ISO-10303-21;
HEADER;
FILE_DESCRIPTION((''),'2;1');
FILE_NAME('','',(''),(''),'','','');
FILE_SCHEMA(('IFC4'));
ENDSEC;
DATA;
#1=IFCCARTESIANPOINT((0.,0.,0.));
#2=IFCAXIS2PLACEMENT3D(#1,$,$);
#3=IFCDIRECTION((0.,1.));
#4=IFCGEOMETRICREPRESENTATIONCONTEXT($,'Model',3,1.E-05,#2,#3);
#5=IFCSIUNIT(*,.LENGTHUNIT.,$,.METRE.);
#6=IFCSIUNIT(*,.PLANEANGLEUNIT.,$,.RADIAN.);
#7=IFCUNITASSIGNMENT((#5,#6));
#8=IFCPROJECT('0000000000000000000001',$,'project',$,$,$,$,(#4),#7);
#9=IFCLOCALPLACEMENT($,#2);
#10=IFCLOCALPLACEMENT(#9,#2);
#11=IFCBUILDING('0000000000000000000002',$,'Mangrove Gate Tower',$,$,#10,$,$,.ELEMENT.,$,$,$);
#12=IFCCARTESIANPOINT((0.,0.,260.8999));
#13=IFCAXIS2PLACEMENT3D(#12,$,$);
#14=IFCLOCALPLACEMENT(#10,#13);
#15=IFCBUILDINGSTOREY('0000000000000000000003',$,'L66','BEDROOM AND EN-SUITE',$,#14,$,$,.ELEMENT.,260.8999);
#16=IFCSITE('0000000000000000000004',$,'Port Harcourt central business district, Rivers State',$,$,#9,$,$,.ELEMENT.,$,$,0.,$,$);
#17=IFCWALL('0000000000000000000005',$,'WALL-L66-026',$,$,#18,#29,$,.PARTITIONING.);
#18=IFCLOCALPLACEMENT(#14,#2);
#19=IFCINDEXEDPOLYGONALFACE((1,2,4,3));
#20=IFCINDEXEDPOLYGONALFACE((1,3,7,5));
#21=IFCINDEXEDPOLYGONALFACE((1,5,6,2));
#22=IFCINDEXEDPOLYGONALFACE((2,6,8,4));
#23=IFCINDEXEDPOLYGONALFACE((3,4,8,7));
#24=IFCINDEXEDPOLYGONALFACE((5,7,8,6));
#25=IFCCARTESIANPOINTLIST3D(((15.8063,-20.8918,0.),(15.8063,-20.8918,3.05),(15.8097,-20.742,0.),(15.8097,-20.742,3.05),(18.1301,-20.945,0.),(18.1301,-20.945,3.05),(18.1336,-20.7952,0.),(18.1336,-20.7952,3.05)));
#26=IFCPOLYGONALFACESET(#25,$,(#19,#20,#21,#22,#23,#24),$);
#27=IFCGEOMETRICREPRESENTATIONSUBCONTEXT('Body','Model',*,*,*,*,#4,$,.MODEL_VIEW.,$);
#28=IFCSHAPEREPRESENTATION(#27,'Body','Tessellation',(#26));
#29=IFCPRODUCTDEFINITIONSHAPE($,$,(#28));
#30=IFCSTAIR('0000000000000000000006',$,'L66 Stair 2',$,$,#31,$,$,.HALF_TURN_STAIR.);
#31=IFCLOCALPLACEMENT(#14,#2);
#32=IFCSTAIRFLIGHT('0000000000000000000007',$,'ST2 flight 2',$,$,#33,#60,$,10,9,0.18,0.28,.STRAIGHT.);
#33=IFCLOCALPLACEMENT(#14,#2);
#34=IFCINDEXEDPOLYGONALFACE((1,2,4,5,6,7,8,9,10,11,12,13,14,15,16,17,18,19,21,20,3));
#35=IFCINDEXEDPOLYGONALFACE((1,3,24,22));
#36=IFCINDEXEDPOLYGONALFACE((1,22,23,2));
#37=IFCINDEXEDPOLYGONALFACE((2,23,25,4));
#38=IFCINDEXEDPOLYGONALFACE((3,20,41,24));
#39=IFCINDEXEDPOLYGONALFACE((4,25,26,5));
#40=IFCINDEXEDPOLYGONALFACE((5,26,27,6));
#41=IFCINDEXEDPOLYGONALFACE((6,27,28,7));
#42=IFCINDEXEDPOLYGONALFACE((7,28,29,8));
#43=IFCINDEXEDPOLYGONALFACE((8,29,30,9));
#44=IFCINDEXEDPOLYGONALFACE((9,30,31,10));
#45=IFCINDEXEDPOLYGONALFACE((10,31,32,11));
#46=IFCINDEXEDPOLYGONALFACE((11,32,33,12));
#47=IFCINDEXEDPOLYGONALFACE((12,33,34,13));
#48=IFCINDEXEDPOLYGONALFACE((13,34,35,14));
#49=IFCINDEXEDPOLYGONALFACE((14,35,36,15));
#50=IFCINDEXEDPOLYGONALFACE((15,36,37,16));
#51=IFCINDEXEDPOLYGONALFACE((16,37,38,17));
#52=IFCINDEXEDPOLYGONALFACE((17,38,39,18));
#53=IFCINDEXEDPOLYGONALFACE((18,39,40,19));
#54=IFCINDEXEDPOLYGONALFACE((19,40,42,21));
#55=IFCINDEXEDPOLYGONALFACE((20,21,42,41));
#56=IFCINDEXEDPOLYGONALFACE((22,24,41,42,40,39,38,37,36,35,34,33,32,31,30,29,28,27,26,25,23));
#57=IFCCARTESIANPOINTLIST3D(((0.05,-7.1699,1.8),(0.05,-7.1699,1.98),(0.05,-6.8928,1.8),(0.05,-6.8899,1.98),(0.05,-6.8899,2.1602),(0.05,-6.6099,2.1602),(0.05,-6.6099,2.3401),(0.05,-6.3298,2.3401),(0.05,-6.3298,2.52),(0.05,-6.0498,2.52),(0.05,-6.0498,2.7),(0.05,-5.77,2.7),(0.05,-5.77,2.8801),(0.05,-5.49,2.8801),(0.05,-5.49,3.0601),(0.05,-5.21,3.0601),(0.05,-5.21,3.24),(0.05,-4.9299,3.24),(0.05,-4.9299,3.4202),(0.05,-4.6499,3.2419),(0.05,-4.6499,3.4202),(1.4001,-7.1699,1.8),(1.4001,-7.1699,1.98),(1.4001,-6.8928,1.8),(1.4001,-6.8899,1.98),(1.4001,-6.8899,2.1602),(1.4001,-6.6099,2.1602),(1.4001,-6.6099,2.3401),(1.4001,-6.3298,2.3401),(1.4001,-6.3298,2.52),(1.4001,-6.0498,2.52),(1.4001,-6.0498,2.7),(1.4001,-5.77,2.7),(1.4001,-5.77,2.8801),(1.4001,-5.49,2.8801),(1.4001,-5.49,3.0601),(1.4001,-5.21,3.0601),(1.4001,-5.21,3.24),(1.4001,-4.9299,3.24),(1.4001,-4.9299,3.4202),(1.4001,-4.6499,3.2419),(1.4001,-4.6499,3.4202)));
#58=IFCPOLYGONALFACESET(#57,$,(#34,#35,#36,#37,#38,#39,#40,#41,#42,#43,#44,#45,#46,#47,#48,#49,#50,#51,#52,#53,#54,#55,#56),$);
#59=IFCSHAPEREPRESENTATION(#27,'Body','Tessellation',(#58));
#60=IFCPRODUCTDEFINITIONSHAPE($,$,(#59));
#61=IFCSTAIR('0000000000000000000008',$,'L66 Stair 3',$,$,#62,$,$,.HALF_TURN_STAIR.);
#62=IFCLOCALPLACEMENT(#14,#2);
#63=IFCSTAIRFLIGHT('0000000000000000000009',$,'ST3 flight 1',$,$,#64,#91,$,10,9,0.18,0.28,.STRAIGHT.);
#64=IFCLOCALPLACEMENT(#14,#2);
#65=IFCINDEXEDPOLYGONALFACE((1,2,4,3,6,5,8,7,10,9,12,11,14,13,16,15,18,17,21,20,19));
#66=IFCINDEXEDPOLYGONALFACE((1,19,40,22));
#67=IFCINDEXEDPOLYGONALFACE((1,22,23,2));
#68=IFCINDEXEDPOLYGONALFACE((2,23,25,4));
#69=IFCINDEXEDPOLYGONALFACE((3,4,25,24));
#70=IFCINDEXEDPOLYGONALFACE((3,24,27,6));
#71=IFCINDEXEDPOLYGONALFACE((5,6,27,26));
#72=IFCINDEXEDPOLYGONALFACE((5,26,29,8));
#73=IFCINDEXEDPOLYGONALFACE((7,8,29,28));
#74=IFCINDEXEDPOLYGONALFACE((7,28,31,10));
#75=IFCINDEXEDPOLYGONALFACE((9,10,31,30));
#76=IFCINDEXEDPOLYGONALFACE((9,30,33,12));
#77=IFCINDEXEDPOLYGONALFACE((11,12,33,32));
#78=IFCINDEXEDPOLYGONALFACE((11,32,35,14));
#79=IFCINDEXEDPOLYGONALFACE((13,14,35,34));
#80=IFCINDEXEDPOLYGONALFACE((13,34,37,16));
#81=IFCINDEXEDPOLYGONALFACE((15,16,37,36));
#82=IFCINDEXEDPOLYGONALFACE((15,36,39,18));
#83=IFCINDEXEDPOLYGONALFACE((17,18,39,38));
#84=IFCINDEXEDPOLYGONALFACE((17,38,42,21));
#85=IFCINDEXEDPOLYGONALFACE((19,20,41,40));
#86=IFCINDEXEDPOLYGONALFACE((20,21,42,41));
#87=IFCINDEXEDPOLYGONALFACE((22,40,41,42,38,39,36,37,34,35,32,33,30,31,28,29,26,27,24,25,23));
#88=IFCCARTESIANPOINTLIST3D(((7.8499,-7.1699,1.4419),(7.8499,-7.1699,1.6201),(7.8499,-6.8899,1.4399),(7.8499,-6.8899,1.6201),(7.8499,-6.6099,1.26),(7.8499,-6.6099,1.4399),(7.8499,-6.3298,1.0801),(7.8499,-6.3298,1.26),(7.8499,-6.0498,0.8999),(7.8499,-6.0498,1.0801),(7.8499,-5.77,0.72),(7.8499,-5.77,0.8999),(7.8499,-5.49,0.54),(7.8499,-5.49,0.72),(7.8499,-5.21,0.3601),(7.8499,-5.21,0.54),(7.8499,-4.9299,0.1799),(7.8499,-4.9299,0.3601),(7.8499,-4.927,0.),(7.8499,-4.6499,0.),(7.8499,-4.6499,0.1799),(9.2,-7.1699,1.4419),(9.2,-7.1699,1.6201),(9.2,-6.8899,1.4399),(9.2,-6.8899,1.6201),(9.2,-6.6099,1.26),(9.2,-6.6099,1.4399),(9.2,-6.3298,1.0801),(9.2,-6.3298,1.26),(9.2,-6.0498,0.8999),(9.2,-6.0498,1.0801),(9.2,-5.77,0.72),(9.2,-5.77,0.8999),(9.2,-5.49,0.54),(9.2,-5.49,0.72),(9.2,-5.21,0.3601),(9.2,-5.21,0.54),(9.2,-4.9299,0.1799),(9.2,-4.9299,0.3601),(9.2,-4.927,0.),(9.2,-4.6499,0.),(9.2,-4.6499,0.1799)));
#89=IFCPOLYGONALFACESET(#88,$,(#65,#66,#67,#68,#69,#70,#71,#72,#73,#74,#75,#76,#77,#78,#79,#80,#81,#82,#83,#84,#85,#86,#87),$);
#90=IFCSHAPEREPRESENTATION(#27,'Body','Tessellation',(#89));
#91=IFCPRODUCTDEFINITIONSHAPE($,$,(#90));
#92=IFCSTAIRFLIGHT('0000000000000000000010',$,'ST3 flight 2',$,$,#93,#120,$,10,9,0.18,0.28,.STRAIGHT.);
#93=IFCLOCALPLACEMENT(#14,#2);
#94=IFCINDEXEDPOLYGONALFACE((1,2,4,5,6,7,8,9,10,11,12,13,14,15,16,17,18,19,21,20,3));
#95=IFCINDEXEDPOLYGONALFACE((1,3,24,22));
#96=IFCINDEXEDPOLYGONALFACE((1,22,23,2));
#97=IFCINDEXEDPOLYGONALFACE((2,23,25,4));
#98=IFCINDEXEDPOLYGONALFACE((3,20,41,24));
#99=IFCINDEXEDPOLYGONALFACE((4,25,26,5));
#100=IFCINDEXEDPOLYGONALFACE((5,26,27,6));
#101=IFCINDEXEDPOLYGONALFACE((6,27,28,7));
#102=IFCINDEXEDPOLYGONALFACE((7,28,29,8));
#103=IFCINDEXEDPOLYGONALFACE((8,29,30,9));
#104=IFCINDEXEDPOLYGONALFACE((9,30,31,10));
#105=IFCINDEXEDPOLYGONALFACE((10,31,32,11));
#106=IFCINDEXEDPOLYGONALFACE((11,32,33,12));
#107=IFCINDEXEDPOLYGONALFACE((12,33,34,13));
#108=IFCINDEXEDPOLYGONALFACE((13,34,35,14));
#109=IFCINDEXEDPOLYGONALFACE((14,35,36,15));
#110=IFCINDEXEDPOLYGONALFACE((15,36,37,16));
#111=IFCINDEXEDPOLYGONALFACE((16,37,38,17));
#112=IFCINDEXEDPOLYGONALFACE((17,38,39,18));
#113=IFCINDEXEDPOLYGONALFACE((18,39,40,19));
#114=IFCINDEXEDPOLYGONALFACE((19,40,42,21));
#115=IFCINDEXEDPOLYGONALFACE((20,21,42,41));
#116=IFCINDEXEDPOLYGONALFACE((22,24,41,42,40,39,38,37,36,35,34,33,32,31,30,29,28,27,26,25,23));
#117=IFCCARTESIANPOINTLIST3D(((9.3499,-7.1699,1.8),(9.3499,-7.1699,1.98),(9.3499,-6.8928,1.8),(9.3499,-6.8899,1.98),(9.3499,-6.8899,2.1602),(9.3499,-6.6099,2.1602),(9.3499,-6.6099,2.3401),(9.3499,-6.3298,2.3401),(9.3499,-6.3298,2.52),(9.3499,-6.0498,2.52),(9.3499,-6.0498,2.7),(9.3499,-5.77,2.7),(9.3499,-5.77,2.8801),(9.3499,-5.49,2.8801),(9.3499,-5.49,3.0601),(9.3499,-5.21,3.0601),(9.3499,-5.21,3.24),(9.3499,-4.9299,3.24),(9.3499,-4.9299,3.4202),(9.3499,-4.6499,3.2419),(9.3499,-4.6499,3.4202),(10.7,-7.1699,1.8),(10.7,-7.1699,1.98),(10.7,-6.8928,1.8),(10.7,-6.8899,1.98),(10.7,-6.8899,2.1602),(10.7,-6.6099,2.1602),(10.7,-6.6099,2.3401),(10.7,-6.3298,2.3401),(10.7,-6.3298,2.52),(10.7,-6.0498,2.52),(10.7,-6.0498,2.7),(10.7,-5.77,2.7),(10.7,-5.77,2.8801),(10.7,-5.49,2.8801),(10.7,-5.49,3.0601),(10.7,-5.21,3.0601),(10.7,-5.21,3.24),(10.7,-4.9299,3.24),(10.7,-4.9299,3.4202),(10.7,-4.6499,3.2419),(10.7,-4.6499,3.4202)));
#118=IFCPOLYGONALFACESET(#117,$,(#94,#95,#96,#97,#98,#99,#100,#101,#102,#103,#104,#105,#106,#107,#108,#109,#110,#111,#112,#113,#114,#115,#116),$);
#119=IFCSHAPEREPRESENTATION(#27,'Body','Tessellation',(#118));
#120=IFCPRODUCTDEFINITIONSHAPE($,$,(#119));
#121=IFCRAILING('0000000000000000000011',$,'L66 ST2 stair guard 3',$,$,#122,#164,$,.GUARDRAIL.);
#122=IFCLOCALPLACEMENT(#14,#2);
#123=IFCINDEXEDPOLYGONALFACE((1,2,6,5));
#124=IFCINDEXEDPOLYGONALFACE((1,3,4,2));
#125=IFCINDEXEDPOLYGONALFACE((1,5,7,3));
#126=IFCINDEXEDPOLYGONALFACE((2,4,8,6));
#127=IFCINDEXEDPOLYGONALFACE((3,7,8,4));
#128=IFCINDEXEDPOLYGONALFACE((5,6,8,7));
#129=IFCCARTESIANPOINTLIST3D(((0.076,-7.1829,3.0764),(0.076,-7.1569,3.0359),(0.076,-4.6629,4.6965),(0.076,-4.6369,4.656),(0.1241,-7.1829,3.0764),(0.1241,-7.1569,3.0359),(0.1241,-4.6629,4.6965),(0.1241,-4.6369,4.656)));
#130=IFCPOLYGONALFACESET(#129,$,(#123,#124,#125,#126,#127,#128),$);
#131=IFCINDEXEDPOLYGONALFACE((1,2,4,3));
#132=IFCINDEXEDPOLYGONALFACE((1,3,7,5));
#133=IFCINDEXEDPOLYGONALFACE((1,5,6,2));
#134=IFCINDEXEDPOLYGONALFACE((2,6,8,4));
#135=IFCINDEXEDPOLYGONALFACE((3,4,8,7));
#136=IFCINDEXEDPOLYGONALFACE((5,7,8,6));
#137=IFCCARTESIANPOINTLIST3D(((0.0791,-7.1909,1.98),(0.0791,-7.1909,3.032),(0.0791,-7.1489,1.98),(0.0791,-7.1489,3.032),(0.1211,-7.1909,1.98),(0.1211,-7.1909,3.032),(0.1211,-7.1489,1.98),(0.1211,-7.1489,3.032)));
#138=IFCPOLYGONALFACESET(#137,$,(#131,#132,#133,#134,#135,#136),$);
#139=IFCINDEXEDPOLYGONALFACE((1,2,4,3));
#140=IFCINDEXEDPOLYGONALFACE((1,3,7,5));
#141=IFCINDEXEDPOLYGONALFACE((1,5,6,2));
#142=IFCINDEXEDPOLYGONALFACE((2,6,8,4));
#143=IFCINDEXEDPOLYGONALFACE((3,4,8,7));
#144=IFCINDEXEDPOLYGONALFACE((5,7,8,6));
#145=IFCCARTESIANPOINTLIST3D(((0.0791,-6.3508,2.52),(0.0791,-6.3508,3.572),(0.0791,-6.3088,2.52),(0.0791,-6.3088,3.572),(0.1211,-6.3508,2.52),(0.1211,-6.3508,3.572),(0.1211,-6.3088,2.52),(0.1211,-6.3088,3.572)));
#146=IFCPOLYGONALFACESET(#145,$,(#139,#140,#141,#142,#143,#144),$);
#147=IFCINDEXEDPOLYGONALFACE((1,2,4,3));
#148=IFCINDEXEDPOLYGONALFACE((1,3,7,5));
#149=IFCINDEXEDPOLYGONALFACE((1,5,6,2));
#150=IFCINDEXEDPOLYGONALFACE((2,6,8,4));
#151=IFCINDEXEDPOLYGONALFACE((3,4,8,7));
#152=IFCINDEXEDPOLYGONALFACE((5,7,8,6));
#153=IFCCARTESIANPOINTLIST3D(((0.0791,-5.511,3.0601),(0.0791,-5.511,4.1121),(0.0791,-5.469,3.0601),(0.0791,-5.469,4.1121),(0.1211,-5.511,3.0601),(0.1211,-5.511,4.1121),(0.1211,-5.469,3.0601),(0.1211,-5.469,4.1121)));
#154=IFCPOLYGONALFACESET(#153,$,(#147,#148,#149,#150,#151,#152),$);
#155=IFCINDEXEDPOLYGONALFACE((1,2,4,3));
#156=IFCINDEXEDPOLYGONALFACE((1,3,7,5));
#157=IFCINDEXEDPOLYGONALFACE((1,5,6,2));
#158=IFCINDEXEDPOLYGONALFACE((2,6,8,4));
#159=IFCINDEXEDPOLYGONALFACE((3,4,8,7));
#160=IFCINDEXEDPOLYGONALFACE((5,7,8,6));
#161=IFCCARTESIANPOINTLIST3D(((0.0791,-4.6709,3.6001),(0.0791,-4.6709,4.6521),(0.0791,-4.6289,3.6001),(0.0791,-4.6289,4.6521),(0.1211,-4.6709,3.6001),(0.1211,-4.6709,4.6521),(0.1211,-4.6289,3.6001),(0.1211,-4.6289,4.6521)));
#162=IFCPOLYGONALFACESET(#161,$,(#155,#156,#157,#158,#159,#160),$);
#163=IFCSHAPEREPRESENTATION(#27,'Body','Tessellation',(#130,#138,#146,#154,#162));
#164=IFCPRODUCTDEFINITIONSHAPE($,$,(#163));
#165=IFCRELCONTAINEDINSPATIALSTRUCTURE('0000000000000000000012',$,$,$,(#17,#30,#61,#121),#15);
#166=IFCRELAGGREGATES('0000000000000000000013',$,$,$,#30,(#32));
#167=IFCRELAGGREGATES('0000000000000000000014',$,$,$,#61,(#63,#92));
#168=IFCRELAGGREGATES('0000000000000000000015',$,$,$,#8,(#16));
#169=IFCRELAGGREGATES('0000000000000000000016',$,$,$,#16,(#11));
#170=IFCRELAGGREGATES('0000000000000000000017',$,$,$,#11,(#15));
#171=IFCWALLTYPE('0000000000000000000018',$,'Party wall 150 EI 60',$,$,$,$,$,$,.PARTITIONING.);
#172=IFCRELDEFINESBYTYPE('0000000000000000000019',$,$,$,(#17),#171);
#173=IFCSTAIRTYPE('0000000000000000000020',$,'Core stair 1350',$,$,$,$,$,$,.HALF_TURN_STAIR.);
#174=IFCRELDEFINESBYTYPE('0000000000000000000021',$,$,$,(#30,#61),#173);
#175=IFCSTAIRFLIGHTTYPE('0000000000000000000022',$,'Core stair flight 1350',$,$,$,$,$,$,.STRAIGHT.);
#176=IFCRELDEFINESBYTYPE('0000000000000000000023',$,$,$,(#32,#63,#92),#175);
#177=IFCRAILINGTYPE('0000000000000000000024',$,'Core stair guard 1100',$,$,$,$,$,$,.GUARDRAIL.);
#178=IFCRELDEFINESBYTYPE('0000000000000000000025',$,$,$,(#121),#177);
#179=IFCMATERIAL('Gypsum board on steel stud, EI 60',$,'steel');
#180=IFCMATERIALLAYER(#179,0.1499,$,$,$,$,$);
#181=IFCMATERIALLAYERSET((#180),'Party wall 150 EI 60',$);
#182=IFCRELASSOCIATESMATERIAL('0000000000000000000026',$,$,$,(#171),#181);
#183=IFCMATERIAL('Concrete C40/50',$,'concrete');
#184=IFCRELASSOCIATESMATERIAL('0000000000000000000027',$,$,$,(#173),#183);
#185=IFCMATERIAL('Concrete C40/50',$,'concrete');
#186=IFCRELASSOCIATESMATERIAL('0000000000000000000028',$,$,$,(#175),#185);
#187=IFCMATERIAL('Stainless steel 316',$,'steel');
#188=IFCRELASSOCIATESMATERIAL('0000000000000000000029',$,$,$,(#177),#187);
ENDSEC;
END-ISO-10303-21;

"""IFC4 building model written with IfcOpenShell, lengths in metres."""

from ifc_helpers import new_model, si_unit, direction, frame, frame_2d, origin, origin_2d, place, context, subcontext, project, spatial, polyline, rectangle, outline, extrude, material, layer, layer_set, type_object, element, aggregate, save


model = new_model("IFC4")

# Units and contexts
model_context = context("Model", 3, precision=1e-05, world=origin(), true_north=direction((0.0, 1.0)))
body_context = subcontext(model_context, "Body", "Model", "MODEL_VIEW")
ifc_project = project(units=[si_unit("LENGTHUNIT", "METRE"), si_unit("PLANEANGLEUNIT", "RADIAN")], contexts=[model_context])

# Site, building, storey
site_placement = place(None, origin())
site = spatial("IfcSite", under=ifc_project, at=site_placement, Name="Port Harcourt central business district, Rivers State", CompositionType="ELEMENT", RefElevation=0.0)
building_placement = place(site_placement, origin())
building = spatial("IfcBuilding", under=site, at=building_placement, Name="Mangrove Gate Tower", CompositionType="ELEMENT")
storey_placement = place(building_placement, frame((0.0, 0.0, 260.8999)))
storey = spatial("IfcBuildingStorey", under=building, at=storey_placement, Name="L66", Description="BEDROOM AND EN-SUITE", CompositionType="ELEMENT", Elevation=260.8999)

# Wall
ifc_material_1 = material(Name="Gypsum board on steel stud, EI 60", Category="steel")
ifc_layer_1 = layer(ifc_material_1, 0.1499)
ifc_layer_set_1 = layer_set([ifc_layer_1], Name="Party wall 150 EI 60")
wall_type_1 = type_object("IfcWallType", Name="Party wall 150 EI 60", PredefinedType="PARTITIONING", material=ifc_layer_set_1)
wall_1_placement = place(storey_placement, frame((15.8081, -20.8169, 0.0), z_axis=(0.0, 0.0, 1.0), x_axis=(0.999738, -0.022896, 0.0)))
element("IfcWall", 1, at=wall_1_placement, inside=storey, type_object=wall_type_1, Name="WALL-L66-026", PredefinedType="PARTITIONING", context=body_context, shape_type="SweptSolid", body=[
    extrude(rectangle(XDim=2.3245, YDim=0.1499, at=frame_2d((1.1621, 0.0))), origin(), (0.0, 0.0, 1.0), 3.05),
])

# Stair, stair flight
ifc_material_2 = material(Name="Concrete C40/50", Category="concrete")
stair_type = type_object("IfcStairType", Name="Core stair 1350", PredefinedType="HALF_TURN_STAIR", material=ifc_material_2)
stair_1_placement = place(storey_placement, origin())
stair_1 = element("IfcStair", 2, at=stair_1_placement, inside=storey, type_object=stair_type, Name="L66 Stair 2", PredefinedType="HALF_TURN_STAIR")
ifc_material_3 = material(Name="Concrete C40/50", Category="concrete")
stair_flight_type = type_object("IfcStairFlightType", Name="Core stair flight 1350", PredefinedType="STRAIGHT", material=ifc_material_3)
stair_flight_1_placement = place(storey_placement, frame((0.7251, -7.1699, 1.8), z_axis=(0.0, 0.0, 1.0), x_axis=(0.0, 1.0, 0.0)))
stair_flight_1 = element("IfcStairFlight", 3, at=stair_flight_1_placement, type_object=stair_flight_type, Name="ST2 flight 2", NumberOfRisers=10, NumberOfTreads=9, PredefinedType="STRAIGHT", RiserHeight=0.18, TreadLength=0.28, context=body_context, shape_type="SweptSolid", body=[
    extrude(outline(polyline([(0.0, 0.0), (0.0, 0.1799), (0.28, 0.1799), (0.28, 0.3601), (0.5601, 0.3601), (0.5601, 0.54), (0.8401, 0.54), (0.8401, 0.72), (1.1201, 0.72), (1.1201, 0.8999), (1.3999, 0.8999), (1.3999, 1.0801), (1.6799, 1.0801), (1.6799, 1.26), (1.96, 1.26), (1.96, 1.4399), (2.24, 1.4399), (2.24, 1.6201), (2.52, 1.6201), (2.52, 1.8), (2.52, 1.4419), (0.2771, 0.0), (0.0, 0.0)])), frame((0.0, 0.675, 0.0), z_axis=(0.0, -1.0, 0.0), x_axis=(1.0, 0.0, 0.0)), (0.0, 0.0, 1.0), 1.3501),
])
aggregate(stair_1, [stair_flight_1])

# Stair, stair flights
stair_2_placement = place(storey_placement, origin())
stair_2 = element("IfcStair", 4, at=stair_2_placement, inside=storey, type_object=stair_type, Name="L66 Stair 3", PredefinedType="HALF_TURN_STAIR")
stair_flight_2_placement = place(storey_placement, frame((8.5249, -4.6499, 0.0), z_axis=(0.0, 0.0, 1.0), x_axis=(0.0, -1.0, 0.0)))
stair_flight_2 = element("IfcStairFlight", 5, at=stair_flight_2_placement, type_object=stair_flight_type, Name="ST3 flight 1", NumberOfRisers=10, NumberOfTreads=9, PredefinedType="STRAIGHT", RiserHeight=0.18, TreadLength=0.28, context=body_context, shape_type="SweptSolid", body=[
    extrude(outline(polyline([(0.0, 0.0), (0.0, 0.1799), (0.28, 0.1799), (0.28, 0.3601), (0.5601, 0.3601), (0.5601, 0.54), (0.8401, 0.54), (0.8401, 0.72), (1.1201, 0.72), (1.1201, 0.8999), (1.3999, 0.8999), (1.3999, 1.0801), (1.6799, 1.0801), (1.6799, 1.26), (1.96, 1.26), (1.96, 1.4399), (2.24, 1.4399), (2.24, 1.6201), (2.52, 1.6201), (2.52, 1.8), (2.52, 1.4419), (0.2771, 0.0), (0.0, 0.0)])), frame((0.0, 0.675, 0.0), z_axis=(0.0, -1.0, 0.0), x_axis=(1.0, 0.0, 0.0)), (0.0, 0.0, 1.0), 1.3501),
])
stair_flight_3_placement = place(storey_placement, frame((10.0249, -7.1699, 1.8), z_axis=(0.0, 0.0, 1.0), x_axis=(0.0, 1.0, 0.0)))
stair_flight_3 = element("IfcStairFlight", 6, at=stair_flight_3_placement, type_object=stair_flight_type, Name="ST3 flight 2", NumberOfRisers=10, NumberOfTreads=9, PredefinedType="STRAIGHT", RiserHeight=0.18, TreadLength=0.28, context=body_context, shape_type="SweptSolid", body=[
    extrude(outline(polyline([(0.0, 0.0), (0.0, 0.1799), (0.28, 0.1799), (0.28, 0.3601), (0.5601, 0.3601), (0.5601, 0.54), (0.8401, 0.54), (0.8401, 0.72), (1.1201, 0.72), (1.1201, 0.8999), (1.3999, 0.8999), (1.3999, 1.0801), (1.6799, 1.0801), (1.6799, 1.26), (1.96, 1.26), (1.96, 1.4399), (2.24, 1.4399), (2.24, 1.6201), (2.52, 1.6201), (2.52, 1.8), (2.52, 1.4419), (0.2771, 0.0), (0.0, 0.0)])), frame((0.0, 0.675, 0.0), z_axis=(0.0, -1.0, 0.0), x_axis=(1.0, 0.0, 0.0)), (0.0, 0.0, 1.0), 1.3501),
])
aggregate(stair_2, [stair_flight_2, stair_flight_3])

# Railing
ifc_material_4 = material(Name="Stainless steel 316", Category="steel")
railing_type_1 = type_object("IfcRailingType", Name="Core stair guard 1100", PredefinedType="GUARDRAIL", material=ifc_material_4)
railing_1_placement = place(storey_placement, frame((0.1001, -7.1699, 1.98)))
element("IfcRailing", 7, at=railing_1_placement, inside=storey, type_object=railing_type_1, Name="L66 ST2 stair guard 3", PredefinedType="GUARDRAIL", context=body_context, shape_type="SweptSolid", body=[
    extrude(rectangle(XDim=0.0481, YDim=0.0481, at=origin_2d()), frame((0.0, 0.0, 1.0762), z_axis=(0.0, 0.841163, 0.540782), x_axis=(-1.0, 0.0, 0.0)), (0.0, 0.0, 1.0), 2.9958),
    extrude(rectangle(XDim=0.042, YDim=0.042, at=origin_2d()), origin(), (0.0, 0.0, 1.0), 1.052),
    extrude(rectangle(XDim=0.042, YDim=0.042, at=origin_2d()), frame((0.0, 0.8401, 0.54)), (0.0, 0.0, 1.0), 1.052),
    extrude(rectangle(XDim=0.042, YDim=0.042, at=origin_2d()), frame((0.0, 1.6799, 1.0801)), (0.0, 0.0, 1.0), 1.052),
    extrude(rectangle(XDim=0.042, YDim=0.042, at=origin_2d()), frame((0.0, 2.52, 1.6201)), (0.0, 0.0, 1.0), 1.052),
])

save(model, "model.ifc")
